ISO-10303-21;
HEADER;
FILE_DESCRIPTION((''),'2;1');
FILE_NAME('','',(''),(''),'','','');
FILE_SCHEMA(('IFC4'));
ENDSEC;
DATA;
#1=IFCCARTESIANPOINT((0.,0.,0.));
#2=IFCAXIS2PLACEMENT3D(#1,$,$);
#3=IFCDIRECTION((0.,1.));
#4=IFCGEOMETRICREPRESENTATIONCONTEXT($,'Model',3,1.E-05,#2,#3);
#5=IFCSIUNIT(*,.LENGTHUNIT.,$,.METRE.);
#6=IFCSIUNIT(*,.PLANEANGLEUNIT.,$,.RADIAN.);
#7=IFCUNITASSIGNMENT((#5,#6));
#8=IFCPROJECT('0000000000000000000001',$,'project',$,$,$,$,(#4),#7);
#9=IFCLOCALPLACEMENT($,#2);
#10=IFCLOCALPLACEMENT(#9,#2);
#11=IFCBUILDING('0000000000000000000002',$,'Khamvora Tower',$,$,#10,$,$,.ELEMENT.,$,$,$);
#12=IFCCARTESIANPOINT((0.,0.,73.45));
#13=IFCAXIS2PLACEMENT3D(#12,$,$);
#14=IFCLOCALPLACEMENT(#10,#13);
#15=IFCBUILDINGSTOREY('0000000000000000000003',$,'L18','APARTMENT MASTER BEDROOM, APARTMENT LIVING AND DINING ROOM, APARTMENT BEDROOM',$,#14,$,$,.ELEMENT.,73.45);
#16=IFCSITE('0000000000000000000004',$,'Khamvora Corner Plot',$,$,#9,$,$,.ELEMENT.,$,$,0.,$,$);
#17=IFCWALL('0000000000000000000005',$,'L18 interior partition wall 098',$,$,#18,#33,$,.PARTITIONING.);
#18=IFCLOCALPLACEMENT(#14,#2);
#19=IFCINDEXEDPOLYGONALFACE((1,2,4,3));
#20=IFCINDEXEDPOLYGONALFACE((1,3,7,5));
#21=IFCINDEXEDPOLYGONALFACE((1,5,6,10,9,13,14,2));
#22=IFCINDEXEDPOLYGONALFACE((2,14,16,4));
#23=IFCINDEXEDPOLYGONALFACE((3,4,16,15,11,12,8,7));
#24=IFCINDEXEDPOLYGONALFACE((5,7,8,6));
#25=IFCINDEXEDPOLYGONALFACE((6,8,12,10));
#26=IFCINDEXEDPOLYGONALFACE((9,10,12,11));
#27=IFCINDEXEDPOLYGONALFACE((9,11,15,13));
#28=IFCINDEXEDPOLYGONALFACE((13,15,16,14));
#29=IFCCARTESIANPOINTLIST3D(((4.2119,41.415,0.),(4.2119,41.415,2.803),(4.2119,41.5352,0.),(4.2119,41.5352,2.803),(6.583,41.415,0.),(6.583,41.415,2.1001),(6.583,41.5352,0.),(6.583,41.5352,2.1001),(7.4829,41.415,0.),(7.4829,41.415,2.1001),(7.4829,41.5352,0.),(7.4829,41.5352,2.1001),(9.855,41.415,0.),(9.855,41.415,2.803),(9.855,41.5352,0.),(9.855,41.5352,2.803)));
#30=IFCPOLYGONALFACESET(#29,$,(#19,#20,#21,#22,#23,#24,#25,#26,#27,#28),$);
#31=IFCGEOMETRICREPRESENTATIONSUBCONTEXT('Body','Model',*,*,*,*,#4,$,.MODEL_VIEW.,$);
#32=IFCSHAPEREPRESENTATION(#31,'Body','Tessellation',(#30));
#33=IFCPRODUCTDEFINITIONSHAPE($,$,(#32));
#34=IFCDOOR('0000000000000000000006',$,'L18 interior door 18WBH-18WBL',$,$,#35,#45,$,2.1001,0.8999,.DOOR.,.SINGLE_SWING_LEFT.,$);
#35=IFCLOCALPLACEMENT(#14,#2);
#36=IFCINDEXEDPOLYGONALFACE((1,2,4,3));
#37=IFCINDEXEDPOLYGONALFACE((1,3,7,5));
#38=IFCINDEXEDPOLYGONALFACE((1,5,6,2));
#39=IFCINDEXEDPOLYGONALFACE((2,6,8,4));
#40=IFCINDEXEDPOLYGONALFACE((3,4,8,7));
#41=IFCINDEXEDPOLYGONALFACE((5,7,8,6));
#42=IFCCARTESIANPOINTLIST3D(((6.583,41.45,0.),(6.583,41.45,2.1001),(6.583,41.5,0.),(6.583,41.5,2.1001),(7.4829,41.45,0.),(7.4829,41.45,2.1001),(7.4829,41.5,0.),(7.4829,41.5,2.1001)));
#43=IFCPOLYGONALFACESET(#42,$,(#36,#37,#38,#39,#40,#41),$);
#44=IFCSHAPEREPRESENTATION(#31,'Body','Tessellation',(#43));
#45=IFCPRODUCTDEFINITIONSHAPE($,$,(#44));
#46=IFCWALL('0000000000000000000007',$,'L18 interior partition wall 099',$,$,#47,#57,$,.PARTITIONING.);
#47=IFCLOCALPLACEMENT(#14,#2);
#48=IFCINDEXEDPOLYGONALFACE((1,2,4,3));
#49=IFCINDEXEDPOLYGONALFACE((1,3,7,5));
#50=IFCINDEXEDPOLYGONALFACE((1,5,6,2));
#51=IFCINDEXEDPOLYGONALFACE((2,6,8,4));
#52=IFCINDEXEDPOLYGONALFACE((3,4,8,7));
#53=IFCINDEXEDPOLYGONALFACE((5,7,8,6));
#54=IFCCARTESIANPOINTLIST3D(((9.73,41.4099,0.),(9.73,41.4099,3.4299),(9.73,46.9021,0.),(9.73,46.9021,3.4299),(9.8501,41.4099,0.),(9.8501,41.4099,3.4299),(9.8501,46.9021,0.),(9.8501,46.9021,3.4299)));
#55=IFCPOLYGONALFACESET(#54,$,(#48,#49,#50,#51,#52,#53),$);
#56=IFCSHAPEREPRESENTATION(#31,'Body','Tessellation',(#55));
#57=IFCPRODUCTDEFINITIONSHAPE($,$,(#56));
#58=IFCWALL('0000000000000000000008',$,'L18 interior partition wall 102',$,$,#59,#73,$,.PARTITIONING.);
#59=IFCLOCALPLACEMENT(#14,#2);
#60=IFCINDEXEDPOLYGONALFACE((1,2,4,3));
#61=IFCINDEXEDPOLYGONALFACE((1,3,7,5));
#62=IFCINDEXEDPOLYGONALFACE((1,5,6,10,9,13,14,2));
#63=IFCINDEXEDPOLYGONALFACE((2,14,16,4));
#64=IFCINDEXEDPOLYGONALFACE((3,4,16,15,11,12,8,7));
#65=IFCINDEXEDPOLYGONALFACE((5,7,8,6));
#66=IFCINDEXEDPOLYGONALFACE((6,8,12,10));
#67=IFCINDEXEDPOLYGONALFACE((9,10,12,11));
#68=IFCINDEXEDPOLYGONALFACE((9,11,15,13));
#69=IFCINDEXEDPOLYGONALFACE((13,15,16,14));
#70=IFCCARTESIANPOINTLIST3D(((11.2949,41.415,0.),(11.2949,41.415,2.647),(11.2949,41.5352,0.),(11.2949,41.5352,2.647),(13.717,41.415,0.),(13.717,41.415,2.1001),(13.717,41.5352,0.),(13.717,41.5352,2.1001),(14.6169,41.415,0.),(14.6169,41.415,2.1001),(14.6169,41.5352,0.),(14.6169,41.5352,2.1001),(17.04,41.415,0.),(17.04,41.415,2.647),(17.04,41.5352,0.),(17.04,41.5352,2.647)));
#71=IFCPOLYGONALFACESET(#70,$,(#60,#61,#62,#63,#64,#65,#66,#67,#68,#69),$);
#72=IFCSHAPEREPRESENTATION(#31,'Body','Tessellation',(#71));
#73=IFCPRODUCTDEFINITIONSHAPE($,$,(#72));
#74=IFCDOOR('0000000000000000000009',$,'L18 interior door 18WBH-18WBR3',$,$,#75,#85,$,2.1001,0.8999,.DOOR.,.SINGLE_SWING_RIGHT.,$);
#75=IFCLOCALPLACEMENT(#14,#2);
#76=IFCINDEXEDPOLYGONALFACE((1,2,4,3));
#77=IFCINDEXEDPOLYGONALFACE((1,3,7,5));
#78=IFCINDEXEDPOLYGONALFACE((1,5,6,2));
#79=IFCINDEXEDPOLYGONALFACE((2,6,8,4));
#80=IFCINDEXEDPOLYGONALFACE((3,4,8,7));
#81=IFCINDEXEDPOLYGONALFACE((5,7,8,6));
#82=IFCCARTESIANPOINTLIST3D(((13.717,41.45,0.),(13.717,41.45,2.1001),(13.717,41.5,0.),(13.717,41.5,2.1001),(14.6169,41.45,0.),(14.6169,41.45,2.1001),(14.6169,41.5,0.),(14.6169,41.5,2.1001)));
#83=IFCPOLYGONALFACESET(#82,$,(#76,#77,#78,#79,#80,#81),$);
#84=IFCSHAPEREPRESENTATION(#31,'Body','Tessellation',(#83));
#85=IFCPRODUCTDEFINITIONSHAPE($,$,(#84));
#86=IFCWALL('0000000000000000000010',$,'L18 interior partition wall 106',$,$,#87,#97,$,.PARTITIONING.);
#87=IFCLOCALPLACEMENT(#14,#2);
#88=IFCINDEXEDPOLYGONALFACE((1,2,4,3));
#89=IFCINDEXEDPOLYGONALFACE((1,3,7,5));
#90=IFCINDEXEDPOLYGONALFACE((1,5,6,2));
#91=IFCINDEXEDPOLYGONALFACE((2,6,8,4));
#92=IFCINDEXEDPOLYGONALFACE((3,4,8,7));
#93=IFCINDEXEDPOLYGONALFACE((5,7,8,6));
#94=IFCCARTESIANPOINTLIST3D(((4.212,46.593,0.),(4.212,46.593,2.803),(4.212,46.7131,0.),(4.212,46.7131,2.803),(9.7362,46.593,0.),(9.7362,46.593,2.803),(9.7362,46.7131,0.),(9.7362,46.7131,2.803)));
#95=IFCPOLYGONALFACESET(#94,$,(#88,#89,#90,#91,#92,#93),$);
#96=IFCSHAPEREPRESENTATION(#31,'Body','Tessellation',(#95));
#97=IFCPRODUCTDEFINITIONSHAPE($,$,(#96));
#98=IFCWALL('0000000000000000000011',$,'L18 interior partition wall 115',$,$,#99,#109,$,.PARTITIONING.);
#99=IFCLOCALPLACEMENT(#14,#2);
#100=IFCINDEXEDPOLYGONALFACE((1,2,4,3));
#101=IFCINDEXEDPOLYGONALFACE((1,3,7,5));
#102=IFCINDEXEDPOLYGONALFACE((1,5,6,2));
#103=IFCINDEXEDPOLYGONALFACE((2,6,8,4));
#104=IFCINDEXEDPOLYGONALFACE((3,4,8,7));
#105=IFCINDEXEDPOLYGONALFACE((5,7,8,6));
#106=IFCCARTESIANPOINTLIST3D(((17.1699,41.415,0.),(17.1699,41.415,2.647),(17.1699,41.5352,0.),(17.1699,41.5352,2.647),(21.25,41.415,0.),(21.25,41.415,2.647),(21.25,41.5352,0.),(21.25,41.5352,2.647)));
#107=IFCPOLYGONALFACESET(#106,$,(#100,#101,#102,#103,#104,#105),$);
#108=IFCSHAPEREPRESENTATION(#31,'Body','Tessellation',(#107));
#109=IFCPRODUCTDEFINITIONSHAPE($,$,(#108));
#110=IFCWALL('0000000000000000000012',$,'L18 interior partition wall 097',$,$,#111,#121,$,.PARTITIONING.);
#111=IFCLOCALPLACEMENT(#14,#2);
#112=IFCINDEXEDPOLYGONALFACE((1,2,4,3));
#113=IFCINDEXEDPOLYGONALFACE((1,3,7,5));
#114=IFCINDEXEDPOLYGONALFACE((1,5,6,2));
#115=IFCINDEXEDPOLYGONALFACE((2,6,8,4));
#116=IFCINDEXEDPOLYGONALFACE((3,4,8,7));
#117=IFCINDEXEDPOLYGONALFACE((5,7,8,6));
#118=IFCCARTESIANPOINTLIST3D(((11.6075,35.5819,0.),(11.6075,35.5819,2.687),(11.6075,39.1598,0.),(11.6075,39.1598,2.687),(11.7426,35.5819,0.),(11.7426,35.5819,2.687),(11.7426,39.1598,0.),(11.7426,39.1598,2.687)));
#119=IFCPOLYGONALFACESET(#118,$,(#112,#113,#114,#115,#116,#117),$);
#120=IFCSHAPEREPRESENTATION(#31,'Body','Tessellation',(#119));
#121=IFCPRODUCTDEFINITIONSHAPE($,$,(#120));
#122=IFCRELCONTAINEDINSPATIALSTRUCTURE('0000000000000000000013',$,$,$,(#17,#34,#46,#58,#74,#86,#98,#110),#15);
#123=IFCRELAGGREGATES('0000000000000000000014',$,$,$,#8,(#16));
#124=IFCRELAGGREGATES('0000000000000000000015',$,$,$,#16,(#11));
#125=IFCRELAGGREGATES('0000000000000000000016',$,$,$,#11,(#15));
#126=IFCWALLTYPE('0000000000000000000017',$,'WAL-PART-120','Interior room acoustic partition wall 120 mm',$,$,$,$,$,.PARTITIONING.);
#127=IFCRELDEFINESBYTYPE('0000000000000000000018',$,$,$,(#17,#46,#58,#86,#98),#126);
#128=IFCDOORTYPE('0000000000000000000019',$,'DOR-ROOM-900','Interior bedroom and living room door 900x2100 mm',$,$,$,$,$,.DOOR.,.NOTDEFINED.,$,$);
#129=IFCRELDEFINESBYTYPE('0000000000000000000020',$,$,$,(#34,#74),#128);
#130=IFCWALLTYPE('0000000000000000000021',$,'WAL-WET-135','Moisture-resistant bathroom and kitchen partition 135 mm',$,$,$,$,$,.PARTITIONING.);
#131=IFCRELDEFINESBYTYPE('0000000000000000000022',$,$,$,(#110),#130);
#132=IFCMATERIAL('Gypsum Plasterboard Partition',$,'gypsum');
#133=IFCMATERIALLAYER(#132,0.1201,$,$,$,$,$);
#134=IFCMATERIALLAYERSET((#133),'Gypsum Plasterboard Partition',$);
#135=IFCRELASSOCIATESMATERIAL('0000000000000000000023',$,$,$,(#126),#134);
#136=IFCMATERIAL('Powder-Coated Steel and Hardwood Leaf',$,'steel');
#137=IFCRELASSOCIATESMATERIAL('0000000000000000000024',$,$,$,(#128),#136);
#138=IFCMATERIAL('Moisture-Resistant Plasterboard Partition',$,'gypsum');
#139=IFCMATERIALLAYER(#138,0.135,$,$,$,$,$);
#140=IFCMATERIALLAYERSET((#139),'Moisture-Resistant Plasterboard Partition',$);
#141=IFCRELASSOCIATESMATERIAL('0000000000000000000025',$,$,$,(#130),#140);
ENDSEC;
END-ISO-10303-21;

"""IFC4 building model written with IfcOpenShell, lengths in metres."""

from ifc_helpers import new_model, si_unit, direction, frame, frame_2d, origin, place, context, subcontext, project, spatial, rectangle, extrude, material, layer, layer_set, type_object, element, fill, save


model = new_model("IFC4")

# Units and contexts
model_context = context("Model", 3, precision=1e-05, world=origin(), true_north=direction((0.0, 1.0)))
body_context = subcontext(model_context, "Body", "Model", "MODEL_VIEW")
ifc_project = project(units=[si_unit("LENGTHUNIT", "METRE"), si_unit("PLANEANGLEUNIT", "RADIAN")], contexts=[model_context])

# Site, building, storey
site_placement = place(None, origin())
site = spatial("IfcSite", under=ifc_project, at=site_placement, Name="Khamvora Corner Plot", CompositionType="ELEMENT", RefElevation=0.0)
building_placement = place(site_placement, origin())
building = spatial("IfcBuilding", under=site, at=building_placement, Name="Khamvora Tower", CompositionType="ELEMENT")
storey_placement = place(building_placement, frame((0.0, 0.0, 73.45)))
storey = spatial("IfcBuildingStorey", under=building, at=storey_placement, Name="L18", Description="APARTMENT MASTER BEDROOM, APARTMENT LIVING AND DINING ROOM, APARTMENT BEDROOM", CompositionType="ELEMENT", Elevation=73.45)

# Wall, opening, door
ifc_material_1 = material(Name="Gypsum Plasterboard Partition", Category="gypsum")
ifc_layer_1 = layer(ifc_material_1, 0.1201)
ifc_layer_set_1 = layer_set([ifc_layer_1], Name="Gypsum Plasterboard Partition")
wall_type_1 = type_object("IfcWallType", Name="WAL-PART-120", Description="Interior room acoustic partition wall 120 mm", PredefinedType="PARTITIONING", material=ifc_layer_set_1)
wall_1_placement = place(storey_placement, frame((4.2119, 41.4751, 0.0), z_axis=(0.0, 0.0, 1.0), x_axis=(1.0, 0.0, 0.0)))
wall_1 = element("IfcWall", 1, at=wall_1_placement, inside=storey, type_object=wall_type_1, Name="L18 interior partition wall 098", PredefinedType="PARTITIONING", context=body_context, shape_type="SweptSolid", body=[
    extrude(rectangle(XDim=5.6431, YDim=0.1201, at=frame_2d((2.8215, 0.0))), origin(), (0.0, 0.0, 1.0), 2.803),
])
opening_1_placement = place(wall_1_placement, frame((2.3711, 0.0, 0.0)))
opening_1 = element("IfcOpeningElement", 2, at=opening_1_placement, cuts=wall_1, PredefinedType="OPENING", context=body_context, shape_type="SweptSolid", body=[
    extrude(rectangle(XDim=0.8999, YDim=2.1001, at=frame_2d((0.45, 1.05))), frame((0.0, 0.0701, 0.0), z_axis=(0.0, -1.0, 0.0), x_axis=(1.0, 0.0, 0.0)), (0.0, 0.0, 1.0), 0.1401),
])
ifc_material_2 = material(Name="Powder-Coated Steel and Hardwood Leaf", Category="steel")
door_type = type_object("IfcDoorType", Name="DOR-ROOM-900", Description="Interior bedroom and living room door 900x2100 mm", OperationType="NOTDEFINED", PredefinedType="DOOR", material=ifc_material_2)
door_1_placement = place(opening_1_placement, origin())
door_1 = element("IfcDoor", 3, at=door_1_placement, inside=storey, type_object=door_type, Name="L18 interior door 18WBH-18WBL", OperationType="SINGLE_SWING_LEFT", OverallHeight=2.1001, OverallWidth=0.8999, PredefinedType="DOOR", context=body_context, shape_type="SweptSolid", body=[
    extrude(rectangle(XDim=0.8999, YDim=2.1001, at=frame_2d((0.45, 1.05))), frame((0.0, 0.0249, 0.0), z_axis=(0.0, -1.0, 0.0), x_axis=(1.0, 0.0, 0.0)), (0.0, 0.0, 1.0), 0.05),
])
fill(opening_1, door_1)

# Wall
wall_2_placement = place(storey_placement, frame((9.79, 41.4099, 0.0), z_axis=(0.0, 0.0, 1.0), x_axis=(0.0, 1.0, 0.0)))
element("IfcWall", 4, at=wall_2_placement, inside=storey, type_object=wall_type_1, Name="L18 interior partition wall 099", PredefinedType="PARTITIONING", context=body_context, shape_type="SweptSolid", body=[
    extrude(rectangle(XDim=5.4922, YDim=0.1201, at=frame_2d((2.7461, 0.0))), origin(), (0.0, 0.0, 1.0), 3.4299),
])

# Wall, opening, door
wall_3_placement = place(storey_placement, frame((11.2949, 41.4751, 0.0), z_axis=(0.0, 0.0, 1.0), x_axis=(1.0, 0.0, 0.0)))
wall_3 = element("IfcWall", 5, at=wall_3_placement, inside=storey, type_object=wall_type_1, Name="L18 interior partition wall 102", PredefinedType="PARTITIONING", context=body_context, shape_type="SweptSolid", body=[
    extrude(rectangle(XDim=5.7451, YDim=0.1201, at=frame_2d((2.8726, 0.0))), origin(), (0.0, 0.0, 1.0), 2.647),
])
opening_2_placement = place(wall_3_placement, frame((2.4221, 0.0, 0.0)))
opening_2 = element("IfcOpeningElement", 6, at=opening_2_placement, cuts=wall_3, PredefinedType="OPENING", context=body_context, shape_type="SweptSolid", body=[
    extrude(rectangle(XDim=0.8999, YDim=2.1001, at=frame_2d((0.45, 1.05))), frame((0.0, 0.0701, 0.0), z_axis=(0.0, -1.0, 0.0), x_axis=(1.0, 0.0, 0.0)), (0.0, 0.0, 1.0), 0.1401),
])
door_2_placement = place(opening_2_placement, origin())
door_2 = element("IfcDoor", 7, at=door_2_placement, inside=storey, type_object=door_type, Name="L18 interior door 18WBH-18WBR3", OperationType="SINGLE_SWING_RIGHT", OverallHeight=2.1001, OverallWidth=0.8999, PredefinedType="DOOR", context=body_context, shape_type="SweptSolid", body=[
    extrude(rectangle(XDim=0.8999, YDim=2.1001, at=frame_2d((0.45, 1.05))), frame((0.0, 0.0249, 0.0), z_axis=(0.0, -1.0, 0.0), x_axis=(1.0, 0.0, 0.0)), (0.0, 0.0, 1.0), 0.05),
])
fill(opening_2, door_2)

# Walls
wall_4_placement = place(storey_placement, frame((4.2119, 46.6531, 0.0), z_axis=(0.0, 0.0, 1.0), x_axis=(1.0, 0.0, 0.0)))
element("IfcWall", 8, at=wall_4_placement, inside=storey, type_object=wall_type_1, Name="L18 interior partition wall 106", PredefinedType="PARTITIONING", context=body_context, shape_type="SweptSolid", body=[
    extrude(rectangle(XDim=5.5242, YDim=0.1201, at=frame_2d((2.7622, 0.0))), origin(), (0.0, 0.0, 1.0), 2.803),
])
wall_5_placement = place(storey_placement, frame((17.1699, 41.4751, 0.0), z_axis=(0.0, 0.0, 1.0), x_axis=(1.0, 0.0, 0.0)))
element("IfcWall", 9, at=wall_5_placement, inside=storey, type_object=wall_type_1, Name="L18 interior partition wall 115", PredefinedType="PARTITIONING", context=body_context, shape_type="SweptSolid", body=[
    extrude(rectangle(XDim=4.0801, YDim=0.1201, at=frame_2d((2.04, 0.0))), origin(), (0.0, 0.0, 1.0), 2.647),
])
ifc_material_3 = material(Name="Moisture-Resistant Plasterboard Partition", Category="gypsum")
ifc_layer_2 = layer(ifc_material_3, 0.135)
ifc_layer_set_2 = layer_set([ifc_layer_2], Name="Moisture-Resistant Plasterboard Partition")
wall_type_2 = type_object("IfcWallType", Name="WAL-WET-135", Description="Moisture-resistant bathroom and kitchen partition 135 mm", PredefinedType="PARTITIONING", material=ifc_layer_set_2)
wall_6_placement = place(storey_placement, frame((11.675, 39.1599, 0.0), z_axis=(0.0, 0.0, 1.0), x_axis=(0.0, -1.0, 0.0)))
element("IfcWall", 10, at=wall_6_placement, inside=storey, type_object=wall_type_2, Name="L18 interior partition wall 097", PredefinedType="PARTITIONING", context=body_context, shape_type="SweptSolid", body=[
    extrude(rectangle(XDim=3.5779, YDim=0.135, at=frame_2d((1.7891, 0.0))), origin(), (0.0, 0.0, 1.0), 2.687),
])

save(model, "model.ifc")
